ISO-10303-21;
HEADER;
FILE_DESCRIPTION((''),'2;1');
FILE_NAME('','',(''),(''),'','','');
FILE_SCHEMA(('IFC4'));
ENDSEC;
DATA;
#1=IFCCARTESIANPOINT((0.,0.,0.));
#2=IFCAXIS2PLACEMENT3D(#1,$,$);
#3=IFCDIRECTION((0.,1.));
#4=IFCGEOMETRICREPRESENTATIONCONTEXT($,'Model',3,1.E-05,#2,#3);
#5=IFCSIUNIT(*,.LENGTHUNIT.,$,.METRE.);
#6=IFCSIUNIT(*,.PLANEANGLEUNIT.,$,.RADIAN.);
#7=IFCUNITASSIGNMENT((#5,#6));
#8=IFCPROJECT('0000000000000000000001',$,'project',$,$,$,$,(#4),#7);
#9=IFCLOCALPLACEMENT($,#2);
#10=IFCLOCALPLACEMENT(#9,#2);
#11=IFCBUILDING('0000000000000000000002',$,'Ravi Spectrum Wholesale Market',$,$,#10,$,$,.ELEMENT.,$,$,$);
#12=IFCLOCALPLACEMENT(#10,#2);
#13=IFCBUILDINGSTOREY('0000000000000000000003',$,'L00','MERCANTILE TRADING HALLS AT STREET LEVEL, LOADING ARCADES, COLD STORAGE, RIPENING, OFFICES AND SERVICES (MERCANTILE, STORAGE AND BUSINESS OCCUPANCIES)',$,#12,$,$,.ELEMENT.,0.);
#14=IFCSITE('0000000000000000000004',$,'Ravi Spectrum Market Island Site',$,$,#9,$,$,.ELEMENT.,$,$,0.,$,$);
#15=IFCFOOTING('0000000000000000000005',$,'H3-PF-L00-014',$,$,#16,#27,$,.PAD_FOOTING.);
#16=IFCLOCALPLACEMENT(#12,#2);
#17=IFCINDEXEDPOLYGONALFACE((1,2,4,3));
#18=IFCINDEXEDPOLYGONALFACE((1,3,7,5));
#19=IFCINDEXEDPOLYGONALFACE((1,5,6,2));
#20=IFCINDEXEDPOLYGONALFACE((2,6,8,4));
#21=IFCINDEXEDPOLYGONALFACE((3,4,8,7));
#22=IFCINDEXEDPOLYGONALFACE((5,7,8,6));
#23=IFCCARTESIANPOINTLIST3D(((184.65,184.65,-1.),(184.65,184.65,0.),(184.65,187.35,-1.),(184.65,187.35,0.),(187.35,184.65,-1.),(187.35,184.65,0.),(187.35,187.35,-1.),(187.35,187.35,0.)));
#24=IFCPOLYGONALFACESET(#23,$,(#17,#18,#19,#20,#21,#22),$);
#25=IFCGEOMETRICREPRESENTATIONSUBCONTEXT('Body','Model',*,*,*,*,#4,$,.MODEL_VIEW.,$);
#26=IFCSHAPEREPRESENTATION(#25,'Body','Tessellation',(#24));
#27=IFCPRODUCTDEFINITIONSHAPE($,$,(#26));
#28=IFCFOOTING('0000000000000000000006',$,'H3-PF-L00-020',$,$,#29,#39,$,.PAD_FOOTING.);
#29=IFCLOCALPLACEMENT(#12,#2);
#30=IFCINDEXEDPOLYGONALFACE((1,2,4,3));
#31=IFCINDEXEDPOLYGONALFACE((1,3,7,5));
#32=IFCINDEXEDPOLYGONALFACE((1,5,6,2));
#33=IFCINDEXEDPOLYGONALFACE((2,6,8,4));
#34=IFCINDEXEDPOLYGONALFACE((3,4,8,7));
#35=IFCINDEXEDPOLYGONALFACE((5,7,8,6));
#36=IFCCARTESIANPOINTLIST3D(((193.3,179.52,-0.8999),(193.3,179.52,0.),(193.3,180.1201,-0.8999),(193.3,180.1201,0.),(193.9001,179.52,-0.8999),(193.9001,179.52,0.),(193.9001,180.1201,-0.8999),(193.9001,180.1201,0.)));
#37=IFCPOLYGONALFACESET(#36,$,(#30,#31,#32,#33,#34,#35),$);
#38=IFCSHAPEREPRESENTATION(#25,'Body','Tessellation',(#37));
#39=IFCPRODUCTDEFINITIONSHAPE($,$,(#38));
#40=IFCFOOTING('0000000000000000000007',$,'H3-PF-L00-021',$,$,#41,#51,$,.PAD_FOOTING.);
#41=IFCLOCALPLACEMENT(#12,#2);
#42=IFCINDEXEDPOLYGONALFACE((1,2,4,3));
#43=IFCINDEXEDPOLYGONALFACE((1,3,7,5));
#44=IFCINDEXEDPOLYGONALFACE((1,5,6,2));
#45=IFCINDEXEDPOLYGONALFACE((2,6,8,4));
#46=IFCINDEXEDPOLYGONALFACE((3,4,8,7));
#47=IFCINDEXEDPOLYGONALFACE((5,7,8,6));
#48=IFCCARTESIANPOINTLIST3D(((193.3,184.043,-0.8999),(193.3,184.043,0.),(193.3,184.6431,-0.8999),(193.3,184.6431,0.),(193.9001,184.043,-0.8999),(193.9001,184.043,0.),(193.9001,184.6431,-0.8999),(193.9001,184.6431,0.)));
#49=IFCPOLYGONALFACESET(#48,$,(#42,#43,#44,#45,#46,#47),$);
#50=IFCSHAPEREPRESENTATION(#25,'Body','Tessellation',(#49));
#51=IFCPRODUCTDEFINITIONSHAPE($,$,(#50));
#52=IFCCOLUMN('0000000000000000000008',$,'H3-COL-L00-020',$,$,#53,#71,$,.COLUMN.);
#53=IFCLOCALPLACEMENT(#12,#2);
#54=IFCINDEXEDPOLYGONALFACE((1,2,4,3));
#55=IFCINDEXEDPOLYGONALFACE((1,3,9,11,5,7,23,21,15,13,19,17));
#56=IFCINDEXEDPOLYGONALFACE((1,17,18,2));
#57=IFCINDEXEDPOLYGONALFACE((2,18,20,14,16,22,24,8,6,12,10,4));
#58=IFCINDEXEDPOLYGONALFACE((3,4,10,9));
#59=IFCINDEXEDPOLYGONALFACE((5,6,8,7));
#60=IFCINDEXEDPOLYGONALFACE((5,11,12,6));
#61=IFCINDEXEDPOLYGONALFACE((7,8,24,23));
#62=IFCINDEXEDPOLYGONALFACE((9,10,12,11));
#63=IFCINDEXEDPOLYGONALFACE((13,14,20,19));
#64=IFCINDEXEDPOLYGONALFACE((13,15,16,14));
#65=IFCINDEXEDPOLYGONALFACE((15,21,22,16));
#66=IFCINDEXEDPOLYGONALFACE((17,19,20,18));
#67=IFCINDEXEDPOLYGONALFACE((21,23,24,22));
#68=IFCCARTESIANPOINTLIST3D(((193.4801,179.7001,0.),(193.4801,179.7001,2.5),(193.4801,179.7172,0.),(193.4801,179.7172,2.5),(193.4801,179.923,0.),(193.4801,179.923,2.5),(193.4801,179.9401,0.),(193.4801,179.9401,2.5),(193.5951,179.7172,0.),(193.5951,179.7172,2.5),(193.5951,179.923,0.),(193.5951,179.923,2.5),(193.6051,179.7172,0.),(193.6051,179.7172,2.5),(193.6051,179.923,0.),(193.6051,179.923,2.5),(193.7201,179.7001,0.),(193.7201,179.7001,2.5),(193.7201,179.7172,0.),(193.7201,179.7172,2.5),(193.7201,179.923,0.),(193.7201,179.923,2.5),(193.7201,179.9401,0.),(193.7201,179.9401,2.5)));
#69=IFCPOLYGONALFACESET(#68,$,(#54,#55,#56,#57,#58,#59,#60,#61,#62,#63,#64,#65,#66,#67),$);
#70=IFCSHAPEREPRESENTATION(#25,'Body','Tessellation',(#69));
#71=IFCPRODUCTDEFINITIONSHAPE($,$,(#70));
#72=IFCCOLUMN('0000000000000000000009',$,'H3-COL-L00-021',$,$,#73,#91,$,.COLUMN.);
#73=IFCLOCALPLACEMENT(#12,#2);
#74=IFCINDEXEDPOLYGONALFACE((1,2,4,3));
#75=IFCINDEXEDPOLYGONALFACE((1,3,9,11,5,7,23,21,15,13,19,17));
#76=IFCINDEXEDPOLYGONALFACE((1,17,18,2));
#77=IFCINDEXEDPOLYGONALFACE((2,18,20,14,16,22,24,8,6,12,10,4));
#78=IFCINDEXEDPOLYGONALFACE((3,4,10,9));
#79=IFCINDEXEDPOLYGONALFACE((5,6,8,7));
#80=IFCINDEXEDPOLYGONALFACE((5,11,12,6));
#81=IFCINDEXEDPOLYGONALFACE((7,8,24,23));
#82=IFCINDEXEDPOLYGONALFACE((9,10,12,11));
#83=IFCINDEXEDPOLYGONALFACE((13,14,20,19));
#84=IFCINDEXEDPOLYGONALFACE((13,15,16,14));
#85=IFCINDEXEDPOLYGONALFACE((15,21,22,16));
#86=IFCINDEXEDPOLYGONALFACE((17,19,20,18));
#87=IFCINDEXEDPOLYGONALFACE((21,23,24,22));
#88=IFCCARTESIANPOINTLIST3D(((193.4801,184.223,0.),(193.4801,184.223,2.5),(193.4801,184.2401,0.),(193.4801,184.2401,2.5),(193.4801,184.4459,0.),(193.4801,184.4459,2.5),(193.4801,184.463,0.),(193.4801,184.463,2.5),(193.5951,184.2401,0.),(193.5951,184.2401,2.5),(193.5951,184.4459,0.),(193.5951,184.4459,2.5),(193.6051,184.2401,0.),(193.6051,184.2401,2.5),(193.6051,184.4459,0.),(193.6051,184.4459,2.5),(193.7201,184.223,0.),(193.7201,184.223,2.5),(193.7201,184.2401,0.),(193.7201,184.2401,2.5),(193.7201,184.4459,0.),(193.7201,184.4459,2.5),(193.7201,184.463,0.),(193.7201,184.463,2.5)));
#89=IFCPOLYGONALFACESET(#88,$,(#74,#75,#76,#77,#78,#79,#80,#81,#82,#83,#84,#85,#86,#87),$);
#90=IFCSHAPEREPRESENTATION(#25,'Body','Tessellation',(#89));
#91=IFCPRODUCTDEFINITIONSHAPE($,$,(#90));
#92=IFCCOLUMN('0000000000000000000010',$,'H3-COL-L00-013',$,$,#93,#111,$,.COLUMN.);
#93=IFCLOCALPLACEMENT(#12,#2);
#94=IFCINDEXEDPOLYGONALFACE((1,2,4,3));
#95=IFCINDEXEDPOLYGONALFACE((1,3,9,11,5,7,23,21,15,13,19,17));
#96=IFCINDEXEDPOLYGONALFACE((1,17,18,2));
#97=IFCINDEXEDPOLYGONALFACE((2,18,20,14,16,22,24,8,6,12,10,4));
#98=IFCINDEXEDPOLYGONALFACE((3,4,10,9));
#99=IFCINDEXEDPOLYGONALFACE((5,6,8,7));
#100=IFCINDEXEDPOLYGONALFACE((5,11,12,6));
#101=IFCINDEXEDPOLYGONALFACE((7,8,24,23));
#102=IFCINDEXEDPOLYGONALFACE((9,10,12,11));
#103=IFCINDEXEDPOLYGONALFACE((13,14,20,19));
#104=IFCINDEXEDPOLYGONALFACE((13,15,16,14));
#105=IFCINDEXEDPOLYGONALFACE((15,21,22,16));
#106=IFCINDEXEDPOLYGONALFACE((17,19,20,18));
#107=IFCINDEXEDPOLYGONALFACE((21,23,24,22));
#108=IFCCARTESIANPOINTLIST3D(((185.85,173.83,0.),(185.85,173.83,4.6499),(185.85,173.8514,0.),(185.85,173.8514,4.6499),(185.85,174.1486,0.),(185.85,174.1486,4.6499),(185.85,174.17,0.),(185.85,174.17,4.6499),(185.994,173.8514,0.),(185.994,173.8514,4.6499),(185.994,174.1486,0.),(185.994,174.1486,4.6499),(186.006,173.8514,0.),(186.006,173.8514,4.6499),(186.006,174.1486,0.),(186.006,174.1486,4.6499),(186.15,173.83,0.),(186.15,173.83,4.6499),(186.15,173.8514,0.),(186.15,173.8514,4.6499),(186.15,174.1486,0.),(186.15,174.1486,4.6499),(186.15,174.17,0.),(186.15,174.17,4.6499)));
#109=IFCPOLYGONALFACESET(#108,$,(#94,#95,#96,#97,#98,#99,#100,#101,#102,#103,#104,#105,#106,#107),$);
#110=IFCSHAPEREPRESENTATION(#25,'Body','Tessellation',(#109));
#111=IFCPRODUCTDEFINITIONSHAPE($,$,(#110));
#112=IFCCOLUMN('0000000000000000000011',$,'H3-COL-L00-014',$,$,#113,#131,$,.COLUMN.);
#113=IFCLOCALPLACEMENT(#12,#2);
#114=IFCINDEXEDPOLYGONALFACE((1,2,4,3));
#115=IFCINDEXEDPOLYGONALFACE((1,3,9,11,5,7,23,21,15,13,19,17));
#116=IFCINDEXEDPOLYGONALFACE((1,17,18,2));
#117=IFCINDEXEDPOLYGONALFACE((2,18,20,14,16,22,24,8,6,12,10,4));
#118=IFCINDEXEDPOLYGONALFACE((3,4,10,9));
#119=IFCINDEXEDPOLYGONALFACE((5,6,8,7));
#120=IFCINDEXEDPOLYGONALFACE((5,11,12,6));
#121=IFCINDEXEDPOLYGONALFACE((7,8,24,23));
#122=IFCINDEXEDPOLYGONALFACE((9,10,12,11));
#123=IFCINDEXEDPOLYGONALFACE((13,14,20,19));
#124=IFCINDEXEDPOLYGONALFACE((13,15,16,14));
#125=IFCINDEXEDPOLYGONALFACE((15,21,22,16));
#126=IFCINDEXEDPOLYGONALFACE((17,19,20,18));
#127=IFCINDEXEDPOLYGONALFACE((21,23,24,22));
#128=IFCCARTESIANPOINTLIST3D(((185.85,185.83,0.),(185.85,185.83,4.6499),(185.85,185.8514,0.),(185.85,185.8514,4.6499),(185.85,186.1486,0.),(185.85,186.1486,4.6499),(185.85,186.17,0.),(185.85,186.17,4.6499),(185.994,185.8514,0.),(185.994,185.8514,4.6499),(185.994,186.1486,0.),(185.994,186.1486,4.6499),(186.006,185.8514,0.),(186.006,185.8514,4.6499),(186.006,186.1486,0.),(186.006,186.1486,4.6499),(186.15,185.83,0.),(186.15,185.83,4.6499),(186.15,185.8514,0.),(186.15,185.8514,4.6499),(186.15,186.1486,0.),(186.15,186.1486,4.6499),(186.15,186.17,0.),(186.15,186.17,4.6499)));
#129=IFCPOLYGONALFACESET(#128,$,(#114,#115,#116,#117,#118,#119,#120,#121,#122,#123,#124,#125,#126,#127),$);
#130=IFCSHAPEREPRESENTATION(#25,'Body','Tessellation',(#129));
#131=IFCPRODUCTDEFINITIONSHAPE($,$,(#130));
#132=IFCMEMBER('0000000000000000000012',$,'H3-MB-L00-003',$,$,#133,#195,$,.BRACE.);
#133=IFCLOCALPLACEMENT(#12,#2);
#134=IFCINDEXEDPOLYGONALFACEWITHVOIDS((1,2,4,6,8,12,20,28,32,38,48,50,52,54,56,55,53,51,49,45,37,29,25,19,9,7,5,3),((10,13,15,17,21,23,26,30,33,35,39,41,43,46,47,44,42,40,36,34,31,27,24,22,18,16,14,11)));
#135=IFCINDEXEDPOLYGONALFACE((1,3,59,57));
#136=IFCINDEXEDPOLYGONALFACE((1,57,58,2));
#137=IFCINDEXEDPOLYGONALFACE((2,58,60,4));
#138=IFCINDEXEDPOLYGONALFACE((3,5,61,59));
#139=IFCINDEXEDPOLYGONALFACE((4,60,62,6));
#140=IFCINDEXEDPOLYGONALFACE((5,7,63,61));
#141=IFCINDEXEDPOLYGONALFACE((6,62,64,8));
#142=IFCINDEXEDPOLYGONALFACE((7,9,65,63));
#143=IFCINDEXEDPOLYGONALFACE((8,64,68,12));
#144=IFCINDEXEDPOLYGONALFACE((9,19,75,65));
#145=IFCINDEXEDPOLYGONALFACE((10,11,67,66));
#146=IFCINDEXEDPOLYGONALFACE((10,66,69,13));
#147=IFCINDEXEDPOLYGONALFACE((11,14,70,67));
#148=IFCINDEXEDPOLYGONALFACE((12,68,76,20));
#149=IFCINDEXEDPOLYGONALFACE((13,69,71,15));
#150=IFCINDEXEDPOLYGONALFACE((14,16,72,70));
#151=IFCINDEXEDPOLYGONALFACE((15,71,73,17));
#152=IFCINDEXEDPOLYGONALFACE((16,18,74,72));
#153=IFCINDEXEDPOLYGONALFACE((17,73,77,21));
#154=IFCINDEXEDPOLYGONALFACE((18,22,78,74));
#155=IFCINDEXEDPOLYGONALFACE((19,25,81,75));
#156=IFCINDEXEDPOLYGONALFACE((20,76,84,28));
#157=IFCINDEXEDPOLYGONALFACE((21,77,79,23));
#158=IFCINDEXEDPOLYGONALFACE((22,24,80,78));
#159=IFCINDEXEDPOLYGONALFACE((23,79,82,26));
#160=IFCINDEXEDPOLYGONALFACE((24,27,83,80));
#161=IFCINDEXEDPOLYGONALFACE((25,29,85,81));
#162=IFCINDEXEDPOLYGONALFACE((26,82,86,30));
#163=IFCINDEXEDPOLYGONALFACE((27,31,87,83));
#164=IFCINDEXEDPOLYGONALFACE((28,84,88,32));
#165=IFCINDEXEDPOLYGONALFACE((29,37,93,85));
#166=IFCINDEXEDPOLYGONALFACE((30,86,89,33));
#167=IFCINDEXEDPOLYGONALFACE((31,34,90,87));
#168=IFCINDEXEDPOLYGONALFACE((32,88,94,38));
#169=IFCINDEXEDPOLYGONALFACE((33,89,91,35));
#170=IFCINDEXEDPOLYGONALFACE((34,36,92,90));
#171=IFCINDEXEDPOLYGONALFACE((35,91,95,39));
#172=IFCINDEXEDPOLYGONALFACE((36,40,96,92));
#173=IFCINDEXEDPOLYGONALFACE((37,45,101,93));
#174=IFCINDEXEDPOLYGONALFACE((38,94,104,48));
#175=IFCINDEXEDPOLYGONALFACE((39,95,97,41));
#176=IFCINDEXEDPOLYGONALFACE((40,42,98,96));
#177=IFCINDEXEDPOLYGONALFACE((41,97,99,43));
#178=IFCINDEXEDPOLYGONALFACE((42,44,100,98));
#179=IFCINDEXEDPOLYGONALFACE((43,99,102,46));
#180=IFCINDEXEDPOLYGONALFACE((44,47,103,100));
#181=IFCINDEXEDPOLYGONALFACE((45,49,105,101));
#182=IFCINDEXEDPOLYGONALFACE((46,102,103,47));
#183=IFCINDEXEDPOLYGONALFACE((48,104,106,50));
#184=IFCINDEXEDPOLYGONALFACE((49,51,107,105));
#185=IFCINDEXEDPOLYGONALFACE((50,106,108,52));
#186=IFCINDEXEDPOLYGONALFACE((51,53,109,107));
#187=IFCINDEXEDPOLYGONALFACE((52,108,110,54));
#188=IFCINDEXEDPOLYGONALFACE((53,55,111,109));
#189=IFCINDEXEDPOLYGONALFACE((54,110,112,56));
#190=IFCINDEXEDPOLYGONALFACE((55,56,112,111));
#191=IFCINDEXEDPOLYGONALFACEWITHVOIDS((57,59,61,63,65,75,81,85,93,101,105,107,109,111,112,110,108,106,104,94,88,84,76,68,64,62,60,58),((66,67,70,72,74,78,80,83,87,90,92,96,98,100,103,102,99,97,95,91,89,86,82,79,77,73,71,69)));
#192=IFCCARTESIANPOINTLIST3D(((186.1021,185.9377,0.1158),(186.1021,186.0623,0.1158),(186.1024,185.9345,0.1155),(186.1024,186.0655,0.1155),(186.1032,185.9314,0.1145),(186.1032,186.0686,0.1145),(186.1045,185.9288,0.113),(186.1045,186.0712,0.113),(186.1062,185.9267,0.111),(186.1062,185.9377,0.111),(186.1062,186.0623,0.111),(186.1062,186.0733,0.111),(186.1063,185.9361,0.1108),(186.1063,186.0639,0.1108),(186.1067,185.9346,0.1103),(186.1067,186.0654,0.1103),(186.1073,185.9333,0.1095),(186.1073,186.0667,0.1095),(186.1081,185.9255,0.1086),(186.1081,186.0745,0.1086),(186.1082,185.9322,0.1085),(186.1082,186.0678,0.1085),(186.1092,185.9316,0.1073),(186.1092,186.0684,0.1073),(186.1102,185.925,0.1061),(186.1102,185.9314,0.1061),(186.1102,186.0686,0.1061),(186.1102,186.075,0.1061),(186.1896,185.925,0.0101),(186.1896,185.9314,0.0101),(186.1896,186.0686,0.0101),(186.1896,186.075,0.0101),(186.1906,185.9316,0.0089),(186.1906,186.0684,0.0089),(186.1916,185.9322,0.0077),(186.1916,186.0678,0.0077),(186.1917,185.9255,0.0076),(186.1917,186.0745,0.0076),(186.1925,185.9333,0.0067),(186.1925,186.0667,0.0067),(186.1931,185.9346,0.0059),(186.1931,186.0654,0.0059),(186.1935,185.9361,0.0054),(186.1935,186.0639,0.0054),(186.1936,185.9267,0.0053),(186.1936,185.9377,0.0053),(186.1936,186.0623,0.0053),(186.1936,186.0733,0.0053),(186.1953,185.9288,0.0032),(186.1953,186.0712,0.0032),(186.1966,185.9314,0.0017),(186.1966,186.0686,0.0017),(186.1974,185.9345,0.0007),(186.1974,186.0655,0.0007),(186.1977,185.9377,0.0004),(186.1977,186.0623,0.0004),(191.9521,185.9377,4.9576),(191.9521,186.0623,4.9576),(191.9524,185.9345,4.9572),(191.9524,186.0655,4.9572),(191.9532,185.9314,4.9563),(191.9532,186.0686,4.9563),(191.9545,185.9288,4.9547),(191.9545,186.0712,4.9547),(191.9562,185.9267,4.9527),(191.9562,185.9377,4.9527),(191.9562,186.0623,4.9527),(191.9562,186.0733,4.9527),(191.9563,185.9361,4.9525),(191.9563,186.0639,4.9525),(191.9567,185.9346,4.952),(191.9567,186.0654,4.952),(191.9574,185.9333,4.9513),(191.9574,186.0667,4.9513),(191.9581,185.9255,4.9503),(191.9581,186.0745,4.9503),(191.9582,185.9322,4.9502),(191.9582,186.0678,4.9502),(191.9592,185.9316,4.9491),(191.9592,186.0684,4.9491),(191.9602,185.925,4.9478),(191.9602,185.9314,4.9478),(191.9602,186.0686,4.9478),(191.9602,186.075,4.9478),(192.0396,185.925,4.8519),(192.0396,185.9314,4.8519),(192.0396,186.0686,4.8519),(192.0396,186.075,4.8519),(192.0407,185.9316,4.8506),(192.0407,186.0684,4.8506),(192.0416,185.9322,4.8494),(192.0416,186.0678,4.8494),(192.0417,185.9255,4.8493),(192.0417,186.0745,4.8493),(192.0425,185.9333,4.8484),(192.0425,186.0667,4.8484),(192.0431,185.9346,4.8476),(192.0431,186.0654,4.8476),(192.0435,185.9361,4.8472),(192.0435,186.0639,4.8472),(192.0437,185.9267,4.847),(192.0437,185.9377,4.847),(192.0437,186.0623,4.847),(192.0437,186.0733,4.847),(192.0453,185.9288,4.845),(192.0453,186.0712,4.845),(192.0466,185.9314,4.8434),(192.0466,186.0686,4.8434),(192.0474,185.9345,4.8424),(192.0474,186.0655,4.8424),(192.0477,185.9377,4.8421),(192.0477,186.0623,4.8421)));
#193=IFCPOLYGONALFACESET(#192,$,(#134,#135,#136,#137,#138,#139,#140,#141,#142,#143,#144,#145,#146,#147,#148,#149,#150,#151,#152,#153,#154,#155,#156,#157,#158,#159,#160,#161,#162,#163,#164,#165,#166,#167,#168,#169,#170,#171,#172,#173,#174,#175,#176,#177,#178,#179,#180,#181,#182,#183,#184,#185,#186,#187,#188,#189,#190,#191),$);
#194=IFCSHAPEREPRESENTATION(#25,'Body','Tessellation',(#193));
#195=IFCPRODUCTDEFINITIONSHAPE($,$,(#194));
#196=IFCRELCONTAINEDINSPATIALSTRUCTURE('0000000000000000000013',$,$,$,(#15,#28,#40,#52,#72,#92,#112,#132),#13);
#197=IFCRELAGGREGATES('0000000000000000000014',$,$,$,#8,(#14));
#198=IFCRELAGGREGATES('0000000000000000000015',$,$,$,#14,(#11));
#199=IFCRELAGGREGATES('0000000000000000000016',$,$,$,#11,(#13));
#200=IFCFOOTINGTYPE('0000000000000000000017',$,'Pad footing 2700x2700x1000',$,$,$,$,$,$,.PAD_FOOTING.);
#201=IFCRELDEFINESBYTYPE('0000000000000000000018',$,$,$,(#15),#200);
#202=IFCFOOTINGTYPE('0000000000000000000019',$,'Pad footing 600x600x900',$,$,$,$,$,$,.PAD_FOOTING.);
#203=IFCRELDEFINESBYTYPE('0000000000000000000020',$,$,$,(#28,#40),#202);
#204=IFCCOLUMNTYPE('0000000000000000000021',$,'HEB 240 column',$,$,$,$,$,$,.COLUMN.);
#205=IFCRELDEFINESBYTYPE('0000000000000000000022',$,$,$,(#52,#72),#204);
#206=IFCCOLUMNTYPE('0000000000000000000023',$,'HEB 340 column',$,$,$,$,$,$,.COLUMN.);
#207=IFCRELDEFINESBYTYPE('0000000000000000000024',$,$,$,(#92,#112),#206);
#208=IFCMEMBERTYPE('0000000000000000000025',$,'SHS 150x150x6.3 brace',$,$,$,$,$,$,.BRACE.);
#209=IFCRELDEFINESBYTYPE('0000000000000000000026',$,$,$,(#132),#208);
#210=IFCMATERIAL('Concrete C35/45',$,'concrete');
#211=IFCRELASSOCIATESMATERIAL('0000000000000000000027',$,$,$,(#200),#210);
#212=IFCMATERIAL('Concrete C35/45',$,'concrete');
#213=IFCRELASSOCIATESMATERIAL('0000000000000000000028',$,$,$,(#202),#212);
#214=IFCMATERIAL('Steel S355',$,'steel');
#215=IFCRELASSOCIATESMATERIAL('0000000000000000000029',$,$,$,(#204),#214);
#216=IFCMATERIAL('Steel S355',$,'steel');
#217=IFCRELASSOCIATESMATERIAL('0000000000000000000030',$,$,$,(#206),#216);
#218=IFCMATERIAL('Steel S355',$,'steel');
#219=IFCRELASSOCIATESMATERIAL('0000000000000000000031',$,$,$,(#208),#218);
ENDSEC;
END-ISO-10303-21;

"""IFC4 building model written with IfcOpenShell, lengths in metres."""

from ifc_helpers import new_model, si_unit, direction, frame, origin, origin_2d, place, context, subcontext, project, spatial, rectangle, hollow_rectangle, i_section, extrude, material, material_profile, profile_set, type_object, element, save


model = new_model("IFC4")

# Units and contexts
model_context = context("Model", 3, precision=1e-05, world=origin(), true_north=direction((0.0, 1.0)))
body_context = subcontext(model_context, "Body", "Model", "MODEL_VIEW")
ifc_project = project(units=[si_unit("LENGTHUNIT", "METRE"), si_unit("PLANEANGLEUNIT", "RADIAN")], contexts=[model_context])

# Site, building, storey
site_placement = place(None, origin())
site = spatial("IfcSite", under=ifc_project, at=site_placement, Name="Ravi Spectrum Market Island Site", CompositionType="ELEMENT", RefElevation=0.0)
building_placement = place(site_placement, origin())
building = spatial("IfcBuilding", under=site, at=building_placement, Name="Ravi Spectrum Wholesale Market", CompositionType="ELEMENT")
storey_placement = place(building_placement, origin())
storey = spatial("IfcBuildingStorey", under=building, at=storey_placement, Name="L00", Description="MERCANTILE TRADING HALLS AT STREET LEVEL, LOADING ARCADES, COLD STORAGE, RIPENING, OFFICES AND SERVICES (MERCANTILE, STORAGE AND BUSINESS OCCUPANCIES)", CompositionType="ELEMENT", Elevation=0.0)

# Footings
ifc_material_1 = material(Name="Concrete C35/45", Category="concrete")
footing_type_1 = type_object("IfcFootingType", Name="Pad footing 2700x2700x1000", PredefinedType="PAD_FOOTING", material=ifc_material_1)
footing_placement = place(storey_placement, frame((186.0, 186.0, -1.0), z_axis=(0.0, 0.0, 1.0), x_axis=(1.0, 0.0, 0.0)))
element("IfcFooting", 1, at=footing_placement, inside=storey, type_object=footing_type_1, Name="H3-PF-L00-014", PredefinedType="PAD_FOOTING", context=body_context, shape_type="SweptSolid", body=[
    extrude(rectangle(XDim=2.7, YDim=2.7, at=origin_2d()), origin(), (0.0, 0.0, 1.0), 1.0),
])
ifc_material_2 = material(Name="Concrete C35/45", Category="concrete")
footing_type_2 = type_object("IfcFootingType", Name="Pad footing 600x600x900", PredefinedType="PAD_FOOTING", material=ifc_material_2)
for number, where, z_axis, x_axis, name in (
    (2, (193.6001, 179.8201, -0.8999), (0.0, 0.0, 1.0), (1.0, 0.0, 0.0), "H3-PF-L00-020"),
    (3, (193.6001, 184.343, -0.8999), (0.0, 0.0, 1.0), (1.0, 0.0, 0.0), "H3-PF-L00-021"),
):
    element("IfcFooting", number, at=place(storey_placement, frame(where, z_axis=z_axis, x_axis=x_axis)), inside=storey, type_object=footing_type_2, Name=name, PredefinedType="PAD_FOOTING", context=body_context, shape_type="SweptSolid", body=[
        extrude(rectangle(XDim=0.6001, YDim=0.6001, at=origin_2d()), origin(), (0.0, 0.0, 1.0), 0.8999),
    ])

# Columns
ifc_material_3 = material(Name="Steel S355", Category="steel")
ifc_material_profile_1 = material_profile(ifc_material_3, i_section(OverallWidth=0.24, OverallDepth=0.24, WebThickness=0.01, FlangeThickness=0.0171, at=origin_2d()))
ifc_profile_set_1 = profile_set([ifc_material_profile_1], Name="Steel S355")
column_type_1 = type_object("IfcColumnType", Name="HEB 240 column", PredefinedType="COLUMN", material=ifc_profile_set_1)
for number, where, z_axis, x_axis, name in (
    (4, (193.6001, 179.8201, 0.0), (0.0, 0.0, 1.0), (1.0, 0.0, 0.0), "H3-COL-L00-020"),
    (5, (193.6001, 184.343, 0.0), (0.0, 0.0, 1.0), (1.0, 0.0, 0.0), "H3-COL-L00-021"),
):
    element("IfcColumn", number, at=place(storey_placement, frame(where, z_axis=z_axis, x_axis=x_axis)), inside=storey, type_object=column_type_1, Name=name, PredefinedType="COLUMN", context=body_context, shape_type="SweptSolid", body=[
        extrude(i_section(OverallWidth=0.24, OverallDepth=0.24, WebThickness=0.01, FlangeThickness=0.0171, at=origin_2d()), origin(), (0.0, 0.0, 1.0), 2.5),
    ])
ifc_material_4 = material(Name="Steel S355", Category="steel")
ifc_material_profile_2 = material_profile(ifc_material_4, i_section(OverallWidth=0.3, OverallDepth=0.3401, WebThickness=0.012, FlangeThickness=0.0215, at=origin_2d()))
ifc_profile_set_2 = profile_set([ifc_material_profile_2], Name="Steel S355")
column_type_2 = type_object("IfcColumnType", Name="HEB 340 column", PredefinedType="COLUMN", material=ifc_profile_set_2)
for number, where, z_axis, x_axis, name in (
    (6, (186.0, 174.0, 0.0), (0.0, 0.0, 1.0), (1.0, 0.0, 0.0), "H3-COL-L00-013"),
    (7, (186.0, 186.0, 0.0), (0.0, 0.0, 1.0), (1.0, 0.0, 0.0), "H3-COL-L00-014"),
):
    element("IfcColumn", number, at=place(storey_placement, frame(where, z_axis=z_axis, x_axis=x_axis)), inside=storey, type_object=column_type_2, Name=name, PredefinedType="COLUMN", context=body_context, shape_type="SweptSolid", body=[
        extrude(i_section(OverallWidth=0.3, OverallDepth=0.3401, WebThickness=0.012, FlangeThickness=0.0215, at=origin_2d()), origin(), (0.0, 0.0, 1.0), 4.6499),
    ])

# Member
ifc_material_5 = material(Name="Steel S355", Category="steel")
ifc_material_profile_3 = material_profile(ifc_material_5, hollow_rectangle(XDim=0.1499, YDim=0.1499, WallThickness=0.0063, InnerFilletRadius=0.0063, OuterFilletRadius=0.0127, at=origin_2d()))
ifc_profile_set_3 = profile_set([ifc_material_profile_3], Name="Steel S355")
member_type = type_object("IfcMemberType", Name="SHS 150x150x6.3 brace", PredefinedType="BRACE", material=ifc_profile_set_3)
member_placement = place(storey_placement, frame((186.1499, 186.0, 0.0581), z_axis=(0.770373, 0.0, 0.637594), x_axis=(0.0, 1.0, 0.0)))
element("IfcMember", 8, at=member_placement, inside=storey, type_object=member_type, Name="H3-MB-L00-003", PredefinedType="BRACE", context=body_context, shape_type="SweptSolid", body=[
    extrude(hollow_rectangle(XDim=0.1499, YDim=0.1499, WallThickness=0.0063, InnerFilletRadius=0.0063, OuterFilletRadius=0.0127, at=origin_2d()), origin(), (0.0, 0.0, 1.0), 7.5938),
])

save(model, "model.ifc")
